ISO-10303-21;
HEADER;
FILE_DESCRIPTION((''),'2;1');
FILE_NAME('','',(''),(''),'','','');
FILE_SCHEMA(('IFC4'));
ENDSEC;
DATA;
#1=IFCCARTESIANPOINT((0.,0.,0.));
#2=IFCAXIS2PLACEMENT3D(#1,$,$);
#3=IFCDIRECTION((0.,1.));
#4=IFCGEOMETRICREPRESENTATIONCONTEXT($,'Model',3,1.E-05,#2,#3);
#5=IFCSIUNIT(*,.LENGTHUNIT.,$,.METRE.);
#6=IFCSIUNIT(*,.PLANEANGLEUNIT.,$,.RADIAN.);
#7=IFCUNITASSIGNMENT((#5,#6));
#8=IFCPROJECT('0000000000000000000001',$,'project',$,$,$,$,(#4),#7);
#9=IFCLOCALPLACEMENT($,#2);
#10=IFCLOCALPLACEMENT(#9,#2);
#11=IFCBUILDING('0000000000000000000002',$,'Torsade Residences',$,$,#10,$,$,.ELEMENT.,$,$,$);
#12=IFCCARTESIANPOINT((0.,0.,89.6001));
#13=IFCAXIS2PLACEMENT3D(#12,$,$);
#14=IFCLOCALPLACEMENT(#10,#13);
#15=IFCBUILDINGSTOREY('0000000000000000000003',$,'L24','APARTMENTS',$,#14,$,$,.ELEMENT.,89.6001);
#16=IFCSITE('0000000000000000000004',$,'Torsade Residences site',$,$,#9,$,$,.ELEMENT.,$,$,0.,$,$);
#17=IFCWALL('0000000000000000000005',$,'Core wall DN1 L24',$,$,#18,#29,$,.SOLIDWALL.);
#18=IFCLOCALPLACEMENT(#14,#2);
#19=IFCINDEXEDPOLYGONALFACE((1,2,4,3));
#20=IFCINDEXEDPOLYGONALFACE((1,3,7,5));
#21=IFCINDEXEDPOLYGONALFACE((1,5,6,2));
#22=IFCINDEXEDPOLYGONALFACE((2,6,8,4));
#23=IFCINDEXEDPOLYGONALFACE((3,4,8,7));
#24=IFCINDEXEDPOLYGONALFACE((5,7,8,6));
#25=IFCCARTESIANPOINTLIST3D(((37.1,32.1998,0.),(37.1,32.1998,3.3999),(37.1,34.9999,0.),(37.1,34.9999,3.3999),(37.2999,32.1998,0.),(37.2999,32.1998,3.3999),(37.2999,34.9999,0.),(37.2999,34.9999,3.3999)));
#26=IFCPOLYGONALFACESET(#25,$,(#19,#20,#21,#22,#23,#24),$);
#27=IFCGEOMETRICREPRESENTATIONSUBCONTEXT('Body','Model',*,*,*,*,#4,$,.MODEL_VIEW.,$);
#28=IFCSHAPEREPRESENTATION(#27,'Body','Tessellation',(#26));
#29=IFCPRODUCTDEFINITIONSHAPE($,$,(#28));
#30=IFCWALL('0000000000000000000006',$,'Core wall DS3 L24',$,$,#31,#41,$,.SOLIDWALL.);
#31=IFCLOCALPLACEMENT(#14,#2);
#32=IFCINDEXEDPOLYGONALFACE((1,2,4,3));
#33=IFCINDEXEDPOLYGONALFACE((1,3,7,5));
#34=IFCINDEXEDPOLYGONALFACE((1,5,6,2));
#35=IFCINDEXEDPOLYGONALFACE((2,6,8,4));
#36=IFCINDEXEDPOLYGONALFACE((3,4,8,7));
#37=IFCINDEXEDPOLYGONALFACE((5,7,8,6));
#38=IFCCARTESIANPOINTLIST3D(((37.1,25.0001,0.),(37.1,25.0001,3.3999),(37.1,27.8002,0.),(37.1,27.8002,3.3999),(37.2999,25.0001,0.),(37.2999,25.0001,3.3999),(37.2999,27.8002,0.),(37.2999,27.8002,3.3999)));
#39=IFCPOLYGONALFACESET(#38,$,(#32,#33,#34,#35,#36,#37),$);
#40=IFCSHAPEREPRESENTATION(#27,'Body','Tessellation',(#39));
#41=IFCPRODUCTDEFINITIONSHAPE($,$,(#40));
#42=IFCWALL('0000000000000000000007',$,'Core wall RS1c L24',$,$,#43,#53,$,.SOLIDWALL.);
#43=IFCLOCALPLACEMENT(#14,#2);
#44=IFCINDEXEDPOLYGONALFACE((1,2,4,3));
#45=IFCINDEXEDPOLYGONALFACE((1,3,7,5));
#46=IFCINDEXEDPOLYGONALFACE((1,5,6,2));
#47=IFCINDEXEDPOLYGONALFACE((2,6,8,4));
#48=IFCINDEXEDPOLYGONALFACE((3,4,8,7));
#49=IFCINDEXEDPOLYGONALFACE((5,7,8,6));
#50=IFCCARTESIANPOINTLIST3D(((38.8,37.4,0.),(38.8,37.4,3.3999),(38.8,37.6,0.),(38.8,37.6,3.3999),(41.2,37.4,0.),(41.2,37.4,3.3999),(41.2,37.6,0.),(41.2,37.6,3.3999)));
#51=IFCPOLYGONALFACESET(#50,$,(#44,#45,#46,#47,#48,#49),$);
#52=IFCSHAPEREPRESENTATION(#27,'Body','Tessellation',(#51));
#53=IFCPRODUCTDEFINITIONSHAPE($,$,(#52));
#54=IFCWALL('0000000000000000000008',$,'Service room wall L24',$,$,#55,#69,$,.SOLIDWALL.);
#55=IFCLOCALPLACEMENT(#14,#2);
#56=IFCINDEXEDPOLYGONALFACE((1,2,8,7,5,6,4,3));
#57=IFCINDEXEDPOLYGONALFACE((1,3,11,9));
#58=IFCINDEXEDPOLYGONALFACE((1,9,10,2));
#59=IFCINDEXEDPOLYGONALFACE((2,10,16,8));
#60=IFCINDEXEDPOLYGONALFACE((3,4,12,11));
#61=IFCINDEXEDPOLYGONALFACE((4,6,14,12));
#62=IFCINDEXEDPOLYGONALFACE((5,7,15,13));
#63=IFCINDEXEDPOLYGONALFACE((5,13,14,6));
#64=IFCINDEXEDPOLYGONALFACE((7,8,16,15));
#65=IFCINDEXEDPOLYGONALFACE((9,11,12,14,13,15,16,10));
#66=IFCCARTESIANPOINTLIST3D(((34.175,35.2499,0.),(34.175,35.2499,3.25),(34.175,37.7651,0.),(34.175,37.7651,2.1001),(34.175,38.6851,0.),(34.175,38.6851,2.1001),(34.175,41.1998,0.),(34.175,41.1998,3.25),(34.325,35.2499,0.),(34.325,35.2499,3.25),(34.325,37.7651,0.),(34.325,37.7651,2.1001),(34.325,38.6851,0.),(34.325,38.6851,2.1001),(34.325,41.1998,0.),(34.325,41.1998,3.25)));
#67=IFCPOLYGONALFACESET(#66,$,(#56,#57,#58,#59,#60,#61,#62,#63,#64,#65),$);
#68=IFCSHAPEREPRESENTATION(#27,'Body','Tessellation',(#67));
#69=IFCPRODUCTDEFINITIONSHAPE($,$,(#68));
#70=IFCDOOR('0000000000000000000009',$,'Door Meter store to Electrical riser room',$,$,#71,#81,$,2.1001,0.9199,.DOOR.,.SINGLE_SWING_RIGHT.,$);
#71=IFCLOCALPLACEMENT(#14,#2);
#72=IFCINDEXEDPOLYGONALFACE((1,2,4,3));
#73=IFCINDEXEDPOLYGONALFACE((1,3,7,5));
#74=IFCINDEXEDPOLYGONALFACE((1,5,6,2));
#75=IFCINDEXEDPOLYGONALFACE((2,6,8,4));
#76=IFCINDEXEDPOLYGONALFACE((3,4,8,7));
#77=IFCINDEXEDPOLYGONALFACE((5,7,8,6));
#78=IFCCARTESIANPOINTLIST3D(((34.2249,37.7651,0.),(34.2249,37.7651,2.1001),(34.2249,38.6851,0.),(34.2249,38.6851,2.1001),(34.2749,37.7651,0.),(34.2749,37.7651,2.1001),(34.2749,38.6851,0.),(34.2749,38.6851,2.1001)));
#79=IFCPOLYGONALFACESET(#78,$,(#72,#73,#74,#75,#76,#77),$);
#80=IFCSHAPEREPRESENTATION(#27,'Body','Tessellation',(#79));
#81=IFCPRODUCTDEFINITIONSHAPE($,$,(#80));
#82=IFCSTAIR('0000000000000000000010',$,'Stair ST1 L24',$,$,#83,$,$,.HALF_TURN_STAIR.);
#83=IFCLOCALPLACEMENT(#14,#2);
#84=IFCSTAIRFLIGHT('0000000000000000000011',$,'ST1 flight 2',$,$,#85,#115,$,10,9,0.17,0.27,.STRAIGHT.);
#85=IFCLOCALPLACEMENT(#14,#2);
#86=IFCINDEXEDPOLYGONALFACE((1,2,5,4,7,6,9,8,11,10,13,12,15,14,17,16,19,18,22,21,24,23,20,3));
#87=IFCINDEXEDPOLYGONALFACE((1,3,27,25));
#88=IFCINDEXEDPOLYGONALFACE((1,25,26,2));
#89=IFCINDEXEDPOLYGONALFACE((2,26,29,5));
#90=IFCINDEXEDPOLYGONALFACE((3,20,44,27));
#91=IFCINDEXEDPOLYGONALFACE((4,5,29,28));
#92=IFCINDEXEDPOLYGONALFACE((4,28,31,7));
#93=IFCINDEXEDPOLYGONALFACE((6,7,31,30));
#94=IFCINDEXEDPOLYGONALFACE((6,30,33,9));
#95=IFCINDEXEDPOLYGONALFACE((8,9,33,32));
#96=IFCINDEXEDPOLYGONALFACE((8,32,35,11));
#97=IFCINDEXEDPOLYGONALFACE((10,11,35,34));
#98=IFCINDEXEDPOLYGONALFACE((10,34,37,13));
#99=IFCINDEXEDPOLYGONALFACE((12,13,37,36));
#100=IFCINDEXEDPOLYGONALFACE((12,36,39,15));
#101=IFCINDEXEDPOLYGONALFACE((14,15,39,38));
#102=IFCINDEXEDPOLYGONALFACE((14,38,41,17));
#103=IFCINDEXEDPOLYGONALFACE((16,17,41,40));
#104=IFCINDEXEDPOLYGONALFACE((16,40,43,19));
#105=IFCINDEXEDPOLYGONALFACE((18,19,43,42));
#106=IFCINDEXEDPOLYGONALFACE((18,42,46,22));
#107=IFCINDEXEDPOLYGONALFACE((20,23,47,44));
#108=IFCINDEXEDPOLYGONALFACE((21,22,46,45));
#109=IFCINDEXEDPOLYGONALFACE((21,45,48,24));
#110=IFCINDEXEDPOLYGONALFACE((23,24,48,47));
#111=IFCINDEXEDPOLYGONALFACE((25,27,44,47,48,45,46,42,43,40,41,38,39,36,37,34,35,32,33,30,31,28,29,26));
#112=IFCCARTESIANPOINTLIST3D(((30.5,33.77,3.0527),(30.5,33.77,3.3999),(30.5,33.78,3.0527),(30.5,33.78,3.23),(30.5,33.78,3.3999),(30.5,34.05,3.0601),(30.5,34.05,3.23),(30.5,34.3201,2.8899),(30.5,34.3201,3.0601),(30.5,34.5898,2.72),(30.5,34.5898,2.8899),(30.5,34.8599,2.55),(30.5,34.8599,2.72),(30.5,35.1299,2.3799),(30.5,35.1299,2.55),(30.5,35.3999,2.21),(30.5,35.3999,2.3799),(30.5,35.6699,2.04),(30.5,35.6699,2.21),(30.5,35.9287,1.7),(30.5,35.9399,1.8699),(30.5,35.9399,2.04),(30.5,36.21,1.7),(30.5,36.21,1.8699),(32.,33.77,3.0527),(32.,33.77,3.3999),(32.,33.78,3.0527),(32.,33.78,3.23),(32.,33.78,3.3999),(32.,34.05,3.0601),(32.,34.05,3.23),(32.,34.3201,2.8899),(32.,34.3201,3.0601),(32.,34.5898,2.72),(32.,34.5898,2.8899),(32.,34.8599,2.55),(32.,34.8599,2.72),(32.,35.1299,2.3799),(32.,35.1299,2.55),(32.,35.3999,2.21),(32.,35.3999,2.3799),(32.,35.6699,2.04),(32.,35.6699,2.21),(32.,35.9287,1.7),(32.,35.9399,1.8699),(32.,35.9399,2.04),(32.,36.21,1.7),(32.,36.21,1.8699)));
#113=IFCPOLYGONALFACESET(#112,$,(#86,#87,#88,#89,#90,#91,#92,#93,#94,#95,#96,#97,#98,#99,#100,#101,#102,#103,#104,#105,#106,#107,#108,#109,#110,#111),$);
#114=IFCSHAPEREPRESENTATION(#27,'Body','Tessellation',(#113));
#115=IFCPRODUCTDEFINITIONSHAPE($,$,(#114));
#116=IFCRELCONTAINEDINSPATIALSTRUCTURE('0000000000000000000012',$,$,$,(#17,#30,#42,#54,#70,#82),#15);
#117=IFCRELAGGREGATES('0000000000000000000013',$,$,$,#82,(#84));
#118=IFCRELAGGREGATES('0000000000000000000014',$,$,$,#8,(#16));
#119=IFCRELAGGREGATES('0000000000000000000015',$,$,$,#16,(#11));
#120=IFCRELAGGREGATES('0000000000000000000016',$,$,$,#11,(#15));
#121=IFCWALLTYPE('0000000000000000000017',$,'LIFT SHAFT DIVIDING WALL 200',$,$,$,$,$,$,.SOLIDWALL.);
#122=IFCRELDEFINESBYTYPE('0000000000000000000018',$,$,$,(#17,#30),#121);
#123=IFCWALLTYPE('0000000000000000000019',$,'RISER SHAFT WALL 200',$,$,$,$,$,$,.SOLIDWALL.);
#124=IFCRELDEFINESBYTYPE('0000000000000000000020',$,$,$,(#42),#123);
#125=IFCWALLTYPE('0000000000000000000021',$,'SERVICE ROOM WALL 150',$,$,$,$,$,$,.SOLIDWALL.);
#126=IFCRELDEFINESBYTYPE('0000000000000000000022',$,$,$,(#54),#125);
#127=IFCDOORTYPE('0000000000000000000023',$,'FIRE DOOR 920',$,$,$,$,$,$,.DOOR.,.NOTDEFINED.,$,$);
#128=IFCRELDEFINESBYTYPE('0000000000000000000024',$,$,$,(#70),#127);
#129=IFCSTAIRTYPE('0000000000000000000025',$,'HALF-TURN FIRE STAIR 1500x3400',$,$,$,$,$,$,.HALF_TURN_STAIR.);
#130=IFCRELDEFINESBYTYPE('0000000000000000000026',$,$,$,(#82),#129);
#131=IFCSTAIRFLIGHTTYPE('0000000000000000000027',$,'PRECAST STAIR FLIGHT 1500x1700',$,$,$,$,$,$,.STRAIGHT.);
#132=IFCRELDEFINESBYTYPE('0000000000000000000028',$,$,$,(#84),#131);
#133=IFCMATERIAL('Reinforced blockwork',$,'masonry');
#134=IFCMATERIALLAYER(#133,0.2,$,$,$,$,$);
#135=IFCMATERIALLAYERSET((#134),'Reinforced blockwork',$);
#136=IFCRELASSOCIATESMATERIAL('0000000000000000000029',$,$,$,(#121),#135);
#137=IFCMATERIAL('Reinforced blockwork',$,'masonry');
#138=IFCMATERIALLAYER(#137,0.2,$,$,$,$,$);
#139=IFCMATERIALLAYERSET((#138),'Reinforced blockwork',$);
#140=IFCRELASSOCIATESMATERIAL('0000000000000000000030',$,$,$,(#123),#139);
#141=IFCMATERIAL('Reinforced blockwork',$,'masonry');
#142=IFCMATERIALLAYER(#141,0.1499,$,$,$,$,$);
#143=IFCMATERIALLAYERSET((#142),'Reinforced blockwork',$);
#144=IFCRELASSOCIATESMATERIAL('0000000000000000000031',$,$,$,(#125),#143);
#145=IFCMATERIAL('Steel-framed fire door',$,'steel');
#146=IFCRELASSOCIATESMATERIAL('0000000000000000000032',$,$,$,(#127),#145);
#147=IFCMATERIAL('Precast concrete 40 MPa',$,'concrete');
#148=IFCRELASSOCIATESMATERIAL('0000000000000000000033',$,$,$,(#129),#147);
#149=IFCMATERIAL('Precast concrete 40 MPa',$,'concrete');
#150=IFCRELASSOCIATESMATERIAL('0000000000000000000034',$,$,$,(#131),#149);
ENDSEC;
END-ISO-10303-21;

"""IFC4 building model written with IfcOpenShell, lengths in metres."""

from ifc_helpers import new_model, si_unit, direction, frame, frame_2d, origin, place, context, subcontext, project, spatial, polyline, rectangle, outline, extrude, material, layer, layer_set, type_object, element, fill, aggregate, save


model = new_model("IFC4")

# Units and contexts
model_context = context("Model", 3, precision=1e-05, world=origin(), true_north=direction((0.0, 1.0)))
body_context = subcontext(model_context, "Body", "Model", "MODEL_VIEW")
ifc_project = project(units=[si_unit("LENGTHUNIT", "METRE"), si_unit("PLANEANGLEUNIT", "RADIAN")], contexts=[model_context])

# Site, building, storey
site_placement = place(None, origin())
site = spatial("IfcSite", under=ifc_project, at=site_placement, Name="Torsade Residences site", CompositionType="ELEMENT", RefElevation=0.0)
building_placement = place(site_placement, origin())
building = spatial("IfcBuilding", under=site, at=building_placement, Name="Torsade Residences", CompositionType="ELEMENT")
storey_placement = place(building_placement, frame((0.0, 0.0, 89.6001)))
storey = spatial("IfcBuildingStorey", under=building, at=storey_placement, Name="L24", Description="APARTMENTS", CompositionType="ELEMENT", Elevation=89.6001)

# Walls
ifc_material_1 = material(Name="Reinforced blockwork", Category="masonry")
ifc_layer_1 = layer(ifc_material_1, 0.2)
ifc_layer_set_1 = layer_set([ifc_layer_1], Name="Reinforced blockwork")
wall_type_1 = type_object("IfcWallType", Name="LIFT SHAFT DIVIDING WALL 200", PredefinedType="SOLIDWALL", material=ifc_layer_set_1)
for number, where, z_axis, x_axis, name in (
    (1, (37.2, 32.2, 0.0), (0.0, 0.0, 1.0), (0.0, 1.0, 0.0), "Core wall DN1 L24"),
    (2, (37.2, 27.8, 0.0), (0.0, 0.0, 1.0), (0.0, -1.0, 0.0), "Core wall DS3 L24"),
):
    element("IfcWall", number, at=place(storey_placement, frame(where, z_axis=z_axis, x_axis=x_axis)), inside=storey, type_object=wall_type_1, Name=name, PredefinedType="SOLIDWALL", context=body_context, shape_type="SweptSolid", body=[
        extrude(rectangle(XDim=2.8, YDim=0.2, at=frame_2d((1.3999, 0.0))), origin(), (0.0, 0.0, 1.0), 3.3999),
    ])
ifc_material_2 = material(Name="Reinforced blockwork", Category="masonry")
ifc_layer_2 = layer(ifc_material_2, 0.2)
ifc_layer_set_2 = layer_set([ifc_layer_2], Name="Reinforced blockwork")
wall_type_2 = type_object("IfcWallType", Name="RISER SHAFT WALL 200", PredefinedType="SOLIDWALL", material=ifc_layer_set_2)
wall_1_placement = place(storey_placement, frame((38.8, 37.5, 0.0), z_axis=(0.0, 0.0, 1.0), x_axis=(1.0, 0.0, 0.0)))
element("IfcWall", 3, at=wall_1_placement, inside=storey, type_object=wall_type_2, Name="Core wall RS1c L24", PredefinedType="SOLIDWALL", context=body_context, shape_type="SweptSolid", body=[
    extrude(rectangle(XDim=2.3999, YDim=0.2, at=frame_2d((1.2, 0.0))), origin(), (0.0, 0.0, 1.0), 3.3999),
])

# Wall, opening, door
ifc_material_3 = material(Name="Reinforced blockwork", Category="masonry")
ifc_layer_3 = layer(ifc_material_3, 0.1499)
ifc_layer_set_3 = layer_set([ifc_layer_3], Name="Reinforced blockwork")
wall_type_3 = type_object("IfcWallType", Name="SERVICE ROOM WALL 150", PredefinedType="SOLIDWALL", material=ifc_layer_set_3)
wall_2_placement = place(storey_placement, frame((34.25, 41.2, 0.0), z_axis=(0.0, 0.0, 1.0), x_axis=(0.0, -1.0, 0.0)))
wall_2 = element("IfcWall", 4, at=wall_2_placement, inside=storey, type_object=wall_type_3, Name="Service room wall L24", PredefinedType="SOLIDWALL", context=body_context, shape_type="SweptSolid", body=[
    extrude(rectangle(XDim=5.95, YDim=0.1499, at=frame_2d((2.9751, 0.0))), origin(), (0.0, 0.0, 1.0), 3.25),
])
opening_placement = place(wall_2_placement, frame((2.5149, 0.0, 0.0)))
opening = element("IfcOpeningElement", 5, at=opening_placement, cuts=wall_2, PredefinedType="OPENING", context=body_context, shape_type="SweptSolid", body=[
    extrude(rectangle(XDim=0.9199, YDim=2.1001, at=frame_2d((0.46, 1.05))), frame((0.0, 0.085, 0.0), z_axis=(0.0, -1.0, 0.0), x_axis=(1.0, 0.0, 0.0)), (0.0, 0.0, 1.0), 0.1699),
])
ifc_material_4 = material(Name="Steel-framed fire door", Category="steel")
door_type = type_object("IfcDoorType", Name="FIRE DOOR 920", OperationType="NOTDEFINED", PredefinedType="DOOR", material=ifc_material_4)
door_placement = place(opening_placement, origin())
door = element("IfcDoor", 6, at=door_placement, inside=storey, type_object=door_type, Name="Door Meter store to Electrical riser room", OperationType="SINGLE_SWING_RIGHT", OverallHeight=2.1001, OverallWidth=0.9199, PredefinedType="DOOR", context=body_context, shape_type="SweptSolid", body=[
    extrude(rectangle(XDim=0.9199, YDim=2.1001, at=frame_2d((0.46, 1.05))), frame((0.0, 0.0249, 0.0), z_axis=(0.0, -1.0, 0.0), x_axis=(1.0, 0.0, 0.0)), (0.0, 0.0, 1.0), 0.05),
])
fill(opening, door)

# Stair, stair flight
ifc_material_5 = material(Name="Precast concrete 40 MPa", Category="concrete")
stair_type = type_object("IfcStairType", Name="HALF-TURN FIRE STAIR 1500x3400", PredefinedType="HALF_TURN_STAIR", material=ifc_material_5)
stair_placement = place(storey_placement, origin())
stair = element("IfcStair", 7, at=stair_placement, inside=storey, type_object=stair_type, Name="Stair ST1 L24", PredefinedType="HALF_TURN_STAIR")
ifc_material_6 = material(Name="Precast concrete 40 MPa", Category="concrete")
stair_flight_type = type_object("IfcStairFlightType", Name="PRECAST STAIR FLIGHT 1500x1700", PredefinedType="STRAIGHT", material=ifc_material_6)
stair_flight_placement = place(storey_placement, frame((31.25, 36.21, 1.7), z_axis=(0.0, 0.0, 1.0), x_axis=(0.0, -1.0, 0.0)))
stair_flight = element("IfcStairFlight", 8, at=stair_flight_placement, type_object=stair_flight_type, Name="ST1 flight 2", NumberOfRisers=10, NumberOfTreads=9, PredefinedType="STRAIGHT", RiserHeight=0.17, TreadLength=0.27, context=body_context, shape_type="SweptSolid", body=[
    extrude(outline(polyline([(0.0, 0.0), (0.0, 0.1699), (0.27, 0.1699), (0.27, 0.3401), (0.54, 0.3401), (0.54, 0.51), (0.8101, 0.51), (0.8101, 0.6799), (1.0801, 0.6799), (1.0801, 0.8501), (1.3501, 0.8501), (1.3501, 1.02), (1.6201, 1.02), (1.6201, 1.1899), (1.8899, 1.1899), (1.8899, 1.3601), (2.1599, 1.3601), (2.1599, 1.53), (2.4299, 1.53), (2.4299, 1.7), (2.4399, 1.7), (2.4399, 1.3528), (2.4299, 1.3528), (0.2812, 0.0), (0.0, 0.0)])), frame((0.0, 0.75, 0.0), z_axis=(0.0, -1.0, 0.0), x_axis=(1.0, 0.0, 0.0)), (0.0, 0.0, 1.0), 1.5),
])
aggregate(stair, [stair_flight])

save(model, "model.ifc")
